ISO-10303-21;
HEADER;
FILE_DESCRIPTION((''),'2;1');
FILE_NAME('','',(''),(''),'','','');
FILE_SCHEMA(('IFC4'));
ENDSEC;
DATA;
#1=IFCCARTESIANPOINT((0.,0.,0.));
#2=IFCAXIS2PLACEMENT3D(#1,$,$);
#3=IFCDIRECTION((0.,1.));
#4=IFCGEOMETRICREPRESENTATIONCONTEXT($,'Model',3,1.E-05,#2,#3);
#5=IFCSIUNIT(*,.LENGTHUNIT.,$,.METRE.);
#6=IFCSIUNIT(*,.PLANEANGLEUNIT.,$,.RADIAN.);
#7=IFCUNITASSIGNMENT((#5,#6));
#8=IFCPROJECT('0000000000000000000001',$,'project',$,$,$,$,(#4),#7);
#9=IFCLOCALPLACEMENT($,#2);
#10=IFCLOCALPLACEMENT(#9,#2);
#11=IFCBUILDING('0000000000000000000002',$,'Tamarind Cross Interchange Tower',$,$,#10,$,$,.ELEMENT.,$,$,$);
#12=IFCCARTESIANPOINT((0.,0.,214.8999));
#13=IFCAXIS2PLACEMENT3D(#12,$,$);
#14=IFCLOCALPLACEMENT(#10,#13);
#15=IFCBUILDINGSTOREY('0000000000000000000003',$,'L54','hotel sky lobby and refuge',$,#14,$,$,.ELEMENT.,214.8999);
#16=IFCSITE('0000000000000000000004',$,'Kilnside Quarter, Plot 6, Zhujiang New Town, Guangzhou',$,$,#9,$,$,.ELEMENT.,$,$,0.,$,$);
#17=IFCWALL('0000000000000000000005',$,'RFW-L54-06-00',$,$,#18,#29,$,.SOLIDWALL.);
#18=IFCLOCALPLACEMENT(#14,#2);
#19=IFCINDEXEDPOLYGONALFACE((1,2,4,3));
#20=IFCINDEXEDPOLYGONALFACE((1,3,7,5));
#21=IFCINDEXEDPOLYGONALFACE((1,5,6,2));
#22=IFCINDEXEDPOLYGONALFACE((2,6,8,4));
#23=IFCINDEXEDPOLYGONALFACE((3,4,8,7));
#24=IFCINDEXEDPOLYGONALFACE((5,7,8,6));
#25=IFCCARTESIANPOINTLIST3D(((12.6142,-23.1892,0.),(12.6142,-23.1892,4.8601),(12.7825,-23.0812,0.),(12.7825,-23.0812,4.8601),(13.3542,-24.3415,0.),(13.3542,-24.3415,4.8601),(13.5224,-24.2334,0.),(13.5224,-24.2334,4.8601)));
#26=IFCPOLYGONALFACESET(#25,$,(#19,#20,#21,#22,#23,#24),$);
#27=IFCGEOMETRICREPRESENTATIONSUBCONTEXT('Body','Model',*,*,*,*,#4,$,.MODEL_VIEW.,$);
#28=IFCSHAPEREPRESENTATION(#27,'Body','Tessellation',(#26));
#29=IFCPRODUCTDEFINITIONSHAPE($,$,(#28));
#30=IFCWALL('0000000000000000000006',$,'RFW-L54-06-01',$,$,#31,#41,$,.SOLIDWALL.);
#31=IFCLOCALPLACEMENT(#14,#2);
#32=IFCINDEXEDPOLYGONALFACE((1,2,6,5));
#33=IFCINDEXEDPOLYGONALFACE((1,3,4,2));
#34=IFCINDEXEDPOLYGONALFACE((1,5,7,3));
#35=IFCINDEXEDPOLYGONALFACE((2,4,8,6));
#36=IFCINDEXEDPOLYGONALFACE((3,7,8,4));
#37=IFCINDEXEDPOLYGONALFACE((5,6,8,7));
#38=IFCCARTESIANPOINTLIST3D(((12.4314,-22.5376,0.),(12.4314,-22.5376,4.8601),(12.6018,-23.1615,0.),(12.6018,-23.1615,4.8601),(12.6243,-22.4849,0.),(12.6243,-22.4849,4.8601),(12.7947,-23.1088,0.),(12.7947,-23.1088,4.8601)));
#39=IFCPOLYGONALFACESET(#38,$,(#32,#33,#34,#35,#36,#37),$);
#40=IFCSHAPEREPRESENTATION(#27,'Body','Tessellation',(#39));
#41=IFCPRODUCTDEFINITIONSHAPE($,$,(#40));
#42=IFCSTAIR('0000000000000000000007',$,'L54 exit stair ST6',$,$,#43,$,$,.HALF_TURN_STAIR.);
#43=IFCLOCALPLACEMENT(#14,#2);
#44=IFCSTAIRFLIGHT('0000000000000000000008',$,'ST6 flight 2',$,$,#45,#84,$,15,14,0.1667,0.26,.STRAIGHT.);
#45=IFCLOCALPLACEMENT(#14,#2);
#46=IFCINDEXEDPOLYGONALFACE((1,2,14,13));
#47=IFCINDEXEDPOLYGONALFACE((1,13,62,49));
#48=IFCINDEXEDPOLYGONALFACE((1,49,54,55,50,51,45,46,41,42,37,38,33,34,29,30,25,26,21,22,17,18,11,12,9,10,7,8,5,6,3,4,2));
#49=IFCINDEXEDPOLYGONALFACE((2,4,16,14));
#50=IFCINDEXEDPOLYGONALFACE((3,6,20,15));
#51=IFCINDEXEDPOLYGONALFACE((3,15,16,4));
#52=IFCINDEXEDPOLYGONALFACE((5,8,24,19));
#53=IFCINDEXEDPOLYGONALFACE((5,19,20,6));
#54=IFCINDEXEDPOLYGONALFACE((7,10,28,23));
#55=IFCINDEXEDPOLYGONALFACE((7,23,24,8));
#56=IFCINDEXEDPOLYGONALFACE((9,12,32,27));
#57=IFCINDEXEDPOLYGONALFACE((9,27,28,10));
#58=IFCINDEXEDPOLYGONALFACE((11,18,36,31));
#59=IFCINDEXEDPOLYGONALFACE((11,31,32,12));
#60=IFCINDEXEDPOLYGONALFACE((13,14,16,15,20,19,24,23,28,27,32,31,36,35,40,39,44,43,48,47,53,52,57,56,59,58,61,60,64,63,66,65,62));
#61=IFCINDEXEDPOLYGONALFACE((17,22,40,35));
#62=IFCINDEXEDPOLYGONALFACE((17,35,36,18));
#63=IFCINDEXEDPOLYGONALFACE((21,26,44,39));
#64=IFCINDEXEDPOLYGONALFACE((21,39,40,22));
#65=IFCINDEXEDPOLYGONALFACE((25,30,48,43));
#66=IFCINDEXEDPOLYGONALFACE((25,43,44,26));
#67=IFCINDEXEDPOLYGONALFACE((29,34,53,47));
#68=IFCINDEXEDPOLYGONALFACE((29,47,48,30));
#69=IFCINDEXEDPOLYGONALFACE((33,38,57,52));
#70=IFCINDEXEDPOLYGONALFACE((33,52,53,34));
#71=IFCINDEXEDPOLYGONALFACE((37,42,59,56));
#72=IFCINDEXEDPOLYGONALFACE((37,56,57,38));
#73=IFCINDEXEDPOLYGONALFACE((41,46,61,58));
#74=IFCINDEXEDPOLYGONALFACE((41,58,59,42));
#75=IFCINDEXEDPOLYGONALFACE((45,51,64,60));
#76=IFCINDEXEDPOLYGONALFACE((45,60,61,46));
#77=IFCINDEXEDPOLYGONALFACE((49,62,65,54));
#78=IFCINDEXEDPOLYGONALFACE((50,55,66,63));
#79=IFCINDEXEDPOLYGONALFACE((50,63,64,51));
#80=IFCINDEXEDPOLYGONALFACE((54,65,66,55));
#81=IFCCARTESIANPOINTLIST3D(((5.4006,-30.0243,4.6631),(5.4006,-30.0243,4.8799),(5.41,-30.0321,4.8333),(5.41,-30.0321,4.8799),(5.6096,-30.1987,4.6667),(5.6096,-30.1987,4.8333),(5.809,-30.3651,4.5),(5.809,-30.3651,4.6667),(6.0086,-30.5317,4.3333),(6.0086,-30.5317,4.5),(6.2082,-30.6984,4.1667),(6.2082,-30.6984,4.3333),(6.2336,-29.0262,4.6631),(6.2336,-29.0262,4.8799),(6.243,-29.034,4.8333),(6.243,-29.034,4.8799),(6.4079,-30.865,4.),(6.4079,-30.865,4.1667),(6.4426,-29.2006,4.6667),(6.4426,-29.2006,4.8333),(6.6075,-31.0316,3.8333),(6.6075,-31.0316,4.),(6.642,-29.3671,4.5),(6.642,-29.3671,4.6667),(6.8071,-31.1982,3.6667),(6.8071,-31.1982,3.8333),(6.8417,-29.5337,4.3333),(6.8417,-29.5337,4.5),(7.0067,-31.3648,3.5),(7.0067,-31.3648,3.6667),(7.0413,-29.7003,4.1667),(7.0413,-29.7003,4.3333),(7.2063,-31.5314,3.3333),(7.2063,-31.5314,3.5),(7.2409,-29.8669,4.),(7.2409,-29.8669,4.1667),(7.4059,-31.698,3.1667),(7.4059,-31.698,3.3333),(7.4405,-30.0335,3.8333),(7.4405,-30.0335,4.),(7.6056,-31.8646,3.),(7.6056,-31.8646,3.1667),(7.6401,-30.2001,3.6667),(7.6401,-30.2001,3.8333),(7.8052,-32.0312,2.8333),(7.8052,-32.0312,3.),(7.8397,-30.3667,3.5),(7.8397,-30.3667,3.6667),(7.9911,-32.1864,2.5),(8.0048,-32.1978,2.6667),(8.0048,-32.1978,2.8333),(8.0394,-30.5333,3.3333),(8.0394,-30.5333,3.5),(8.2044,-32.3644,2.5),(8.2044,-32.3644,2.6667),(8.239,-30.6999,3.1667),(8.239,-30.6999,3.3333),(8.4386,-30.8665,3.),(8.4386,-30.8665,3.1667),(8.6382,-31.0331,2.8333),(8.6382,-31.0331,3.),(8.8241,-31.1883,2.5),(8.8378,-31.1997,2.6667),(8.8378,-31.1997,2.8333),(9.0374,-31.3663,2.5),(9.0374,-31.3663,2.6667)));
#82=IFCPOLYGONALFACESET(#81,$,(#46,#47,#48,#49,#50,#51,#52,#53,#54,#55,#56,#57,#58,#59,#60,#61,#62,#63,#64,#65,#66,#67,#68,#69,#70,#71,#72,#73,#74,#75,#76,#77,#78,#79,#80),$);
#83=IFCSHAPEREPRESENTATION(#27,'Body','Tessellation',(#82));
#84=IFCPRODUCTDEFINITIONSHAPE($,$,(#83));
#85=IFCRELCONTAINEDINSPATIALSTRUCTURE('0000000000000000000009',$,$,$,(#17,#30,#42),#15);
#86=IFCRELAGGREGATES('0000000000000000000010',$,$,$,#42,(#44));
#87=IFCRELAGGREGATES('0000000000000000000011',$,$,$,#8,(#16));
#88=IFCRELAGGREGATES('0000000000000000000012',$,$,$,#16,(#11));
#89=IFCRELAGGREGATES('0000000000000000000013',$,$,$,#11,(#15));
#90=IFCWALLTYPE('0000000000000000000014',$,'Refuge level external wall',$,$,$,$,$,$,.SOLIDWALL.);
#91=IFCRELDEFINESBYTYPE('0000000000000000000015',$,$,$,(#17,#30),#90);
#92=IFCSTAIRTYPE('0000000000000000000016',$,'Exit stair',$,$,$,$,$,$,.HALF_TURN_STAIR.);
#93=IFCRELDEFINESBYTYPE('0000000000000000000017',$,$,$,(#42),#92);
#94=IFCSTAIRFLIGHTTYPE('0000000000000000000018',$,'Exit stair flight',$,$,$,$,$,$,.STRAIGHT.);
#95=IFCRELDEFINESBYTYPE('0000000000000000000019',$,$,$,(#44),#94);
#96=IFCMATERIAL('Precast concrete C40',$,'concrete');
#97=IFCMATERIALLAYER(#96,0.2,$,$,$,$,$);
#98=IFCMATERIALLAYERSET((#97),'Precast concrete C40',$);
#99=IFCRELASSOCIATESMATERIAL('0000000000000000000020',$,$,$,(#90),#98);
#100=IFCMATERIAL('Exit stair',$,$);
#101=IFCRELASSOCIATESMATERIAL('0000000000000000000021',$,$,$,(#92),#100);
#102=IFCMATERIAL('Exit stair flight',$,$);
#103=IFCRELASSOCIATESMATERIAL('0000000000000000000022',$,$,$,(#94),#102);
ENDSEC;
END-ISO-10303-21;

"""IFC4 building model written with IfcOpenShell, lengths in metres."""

from ifc_helpers import new_model, si_unit, direction, frame, frame_2d, origin, place, context, subcontext, project, spatial, polyline, rectangle, outline, extrude, material, layer, layer_set, type_object, element, aggregate, save


model = new_model("IFC4")

# Units and contexts
model_context = context("Model", 3, precision=1e-05, world=origin(), true_north=direction((0.0, 1.0)))
body_context = subcontext(model_context, "Body", "Model", "MODEL_VIEW")
ifc_project = project(units=[si_unit("LENGTHUNIT", "METRE"), si_unit("PLANEANGLEUNIT", "RADIAN")], contexts=[model_context])

# Site, building, storey
site_placement = place(None, origin())
site = spatial("IfcSite", under=ifc_project, at=site_placement, Name="Kilnside Quarter, Plot 6, Zhujiang New Town, Guangzhou", CompositionType="ELEMENT", RefElevation=0.0)
building_placement = place(site_placement, origin())
building = spatial("IfcBuilding", under=site, at=building_placement, Name="Tamarind Cross Interchange Tower", CompositionType="ELEMENT")
storey_placement = place(building_placement, frame((0.0, 0.0, 214.8999)))
storey = spatial("IfcBuildingStorey", under=building, at=storey_placement, Name="L54", Description="hotel sky lobby and refuge", CompositionType="ELEMENT", Elevation=214.8999)

# Shared definitions
ifc_material_1 = material(Name="Precast concrete C40", Category="concrete")
ifc_layer_1 = layer(ifc_material_1, 0.2)
ifc_layer_set_1 = layer_set([ifc_layer_1], Name="Precast concrete C40")
wall_type_1 = type_object("IfcWallType", Name="Refuge level external wall", PredefinedType="SOLIDWALL", material=ifc_layer_set_1)

# Walls
wall_1_placement = place(storey_placement, frame((13.4382, -24.2874, 0.0), z_axis=(0.0, 0.0, 1.0), x_axis=(-0.540343, 0.841445, 0.0)))
element("IfcWall", 1, at=wall_1_placement, inside=storey, type_object=wall_type_1, Name="RFW-L54-06-00", PredefinedType="SOLIDWALL", context=body_context, shape_type="SweptSolid", body=[
    extrude(rectangle(XDim=1.3694, YDim=0.2, at=frame_2d((0.6846, 0.0))), origin(), (0.0, 0.0, 1.0), 4.8601),
])
wall_2_placement = place(storey_placement, frame((12.6982, -23.135, 0.0), z_axis=(0.0, 0.0, 1.0), x_axis=(-0.263533, 0.96465, 0.0)))
element("IfcWall", 2, at=wall_2_placement, inside=storey, type_object=wall_type_1, Name="RFW-L54-06-01", PredefinedType="SOLIDWALL", context=body_context, shape_type="SweptSolid", body=[
    extrude(rectangle(XDim=0.6467, YDim=0.2, at=frame_2d((0.3232, 0.0))), origin(), (0.0, 0.0, 1.0), 4.8601),
])

# Stair, stair flight
ifc_material_2 = material(Name="Exit stair")
stair_type = type_object("IfcStairType", Name="Exit stair", PredefinedType="HALF_TURN_STAIR", material=ifc_material_2)
stair_placement = place(storey_placement, origin())
stair = element("IfcStair", 3, at=stair_placement, inside=storey, type_object=stair_type, Name="L54 exit stair ST6", PredefinedType="HALF_TURN_STAIR")
ifc_material_3 = material(Name="Exit stair flight")
stair_flight_type = type_object("IfcStairFlightType", Name="Exit stair flight", PredefinedType="STRAIGHT", material=ifc_material_3)
stair_flight_placement = place(storey_placement, frame((8.6208, -31.8655, 2.5), z_axis=(0.0, 0.0, 1.0), x_axis=(-0.767729, 0.640775, 0.0)))
stair_flight = element("IfcStairFlight", 4, at=stair_flight_placement, type_object=stair_flight_type, Name="ST6 flight 2", NumberOfRisers=15, NumberOfTreads=14, PredefinedType="STRAIGHT", RiserHeight=0.1667, TreadLength=0.26, context=body_context, shape_type="SweptSolid", body=[
    extrude(outline(polyline([(0.0, 0.0), (0.0, 0.1667), (0.26, 0.1667), (0.26, 0.3333), (0.52, 0.3333), (0.52, 0.5), (0.78, 0.5), (0.78, 0.6667), (1.04, 0.6667), (1.04, 0.8333), (1.3, 0.8333), (1.3, 1.0), (1.5601, 1.0), (1.5601, 1.1667), (1.8201, 1.1667), (1.8201, 1.3333), (2.0801, 1.3333), (2.0801, 1.5), (2.3401, 1.5), (2.3401, 1.6667), (2.6001, 1.6667), (2.6001, 1.8333), (2.8601, 1.8333), (2.8601, 2.0), (3.1201, 2.0), (3.1201, 2.1667), (3.3799, 2.1667), (3.3799, 2.3333), (3.6399, 2.3333), (3.6399, 2.3799), (3.6521, 2.3799), (3.6521, 2.1631), (0.2778, 0.0), (0.0, 0.0)])), frame((0.0, 0.6499, 0.0), z_axis=(0.0, -1.0, 0.0), x_axis=(1.0, 0.0, 0.0)), (0.0, 0.0, 1.0), 1.3),
])
aggregate(stair, [stair_flight])

save(model, "model.ifc")
